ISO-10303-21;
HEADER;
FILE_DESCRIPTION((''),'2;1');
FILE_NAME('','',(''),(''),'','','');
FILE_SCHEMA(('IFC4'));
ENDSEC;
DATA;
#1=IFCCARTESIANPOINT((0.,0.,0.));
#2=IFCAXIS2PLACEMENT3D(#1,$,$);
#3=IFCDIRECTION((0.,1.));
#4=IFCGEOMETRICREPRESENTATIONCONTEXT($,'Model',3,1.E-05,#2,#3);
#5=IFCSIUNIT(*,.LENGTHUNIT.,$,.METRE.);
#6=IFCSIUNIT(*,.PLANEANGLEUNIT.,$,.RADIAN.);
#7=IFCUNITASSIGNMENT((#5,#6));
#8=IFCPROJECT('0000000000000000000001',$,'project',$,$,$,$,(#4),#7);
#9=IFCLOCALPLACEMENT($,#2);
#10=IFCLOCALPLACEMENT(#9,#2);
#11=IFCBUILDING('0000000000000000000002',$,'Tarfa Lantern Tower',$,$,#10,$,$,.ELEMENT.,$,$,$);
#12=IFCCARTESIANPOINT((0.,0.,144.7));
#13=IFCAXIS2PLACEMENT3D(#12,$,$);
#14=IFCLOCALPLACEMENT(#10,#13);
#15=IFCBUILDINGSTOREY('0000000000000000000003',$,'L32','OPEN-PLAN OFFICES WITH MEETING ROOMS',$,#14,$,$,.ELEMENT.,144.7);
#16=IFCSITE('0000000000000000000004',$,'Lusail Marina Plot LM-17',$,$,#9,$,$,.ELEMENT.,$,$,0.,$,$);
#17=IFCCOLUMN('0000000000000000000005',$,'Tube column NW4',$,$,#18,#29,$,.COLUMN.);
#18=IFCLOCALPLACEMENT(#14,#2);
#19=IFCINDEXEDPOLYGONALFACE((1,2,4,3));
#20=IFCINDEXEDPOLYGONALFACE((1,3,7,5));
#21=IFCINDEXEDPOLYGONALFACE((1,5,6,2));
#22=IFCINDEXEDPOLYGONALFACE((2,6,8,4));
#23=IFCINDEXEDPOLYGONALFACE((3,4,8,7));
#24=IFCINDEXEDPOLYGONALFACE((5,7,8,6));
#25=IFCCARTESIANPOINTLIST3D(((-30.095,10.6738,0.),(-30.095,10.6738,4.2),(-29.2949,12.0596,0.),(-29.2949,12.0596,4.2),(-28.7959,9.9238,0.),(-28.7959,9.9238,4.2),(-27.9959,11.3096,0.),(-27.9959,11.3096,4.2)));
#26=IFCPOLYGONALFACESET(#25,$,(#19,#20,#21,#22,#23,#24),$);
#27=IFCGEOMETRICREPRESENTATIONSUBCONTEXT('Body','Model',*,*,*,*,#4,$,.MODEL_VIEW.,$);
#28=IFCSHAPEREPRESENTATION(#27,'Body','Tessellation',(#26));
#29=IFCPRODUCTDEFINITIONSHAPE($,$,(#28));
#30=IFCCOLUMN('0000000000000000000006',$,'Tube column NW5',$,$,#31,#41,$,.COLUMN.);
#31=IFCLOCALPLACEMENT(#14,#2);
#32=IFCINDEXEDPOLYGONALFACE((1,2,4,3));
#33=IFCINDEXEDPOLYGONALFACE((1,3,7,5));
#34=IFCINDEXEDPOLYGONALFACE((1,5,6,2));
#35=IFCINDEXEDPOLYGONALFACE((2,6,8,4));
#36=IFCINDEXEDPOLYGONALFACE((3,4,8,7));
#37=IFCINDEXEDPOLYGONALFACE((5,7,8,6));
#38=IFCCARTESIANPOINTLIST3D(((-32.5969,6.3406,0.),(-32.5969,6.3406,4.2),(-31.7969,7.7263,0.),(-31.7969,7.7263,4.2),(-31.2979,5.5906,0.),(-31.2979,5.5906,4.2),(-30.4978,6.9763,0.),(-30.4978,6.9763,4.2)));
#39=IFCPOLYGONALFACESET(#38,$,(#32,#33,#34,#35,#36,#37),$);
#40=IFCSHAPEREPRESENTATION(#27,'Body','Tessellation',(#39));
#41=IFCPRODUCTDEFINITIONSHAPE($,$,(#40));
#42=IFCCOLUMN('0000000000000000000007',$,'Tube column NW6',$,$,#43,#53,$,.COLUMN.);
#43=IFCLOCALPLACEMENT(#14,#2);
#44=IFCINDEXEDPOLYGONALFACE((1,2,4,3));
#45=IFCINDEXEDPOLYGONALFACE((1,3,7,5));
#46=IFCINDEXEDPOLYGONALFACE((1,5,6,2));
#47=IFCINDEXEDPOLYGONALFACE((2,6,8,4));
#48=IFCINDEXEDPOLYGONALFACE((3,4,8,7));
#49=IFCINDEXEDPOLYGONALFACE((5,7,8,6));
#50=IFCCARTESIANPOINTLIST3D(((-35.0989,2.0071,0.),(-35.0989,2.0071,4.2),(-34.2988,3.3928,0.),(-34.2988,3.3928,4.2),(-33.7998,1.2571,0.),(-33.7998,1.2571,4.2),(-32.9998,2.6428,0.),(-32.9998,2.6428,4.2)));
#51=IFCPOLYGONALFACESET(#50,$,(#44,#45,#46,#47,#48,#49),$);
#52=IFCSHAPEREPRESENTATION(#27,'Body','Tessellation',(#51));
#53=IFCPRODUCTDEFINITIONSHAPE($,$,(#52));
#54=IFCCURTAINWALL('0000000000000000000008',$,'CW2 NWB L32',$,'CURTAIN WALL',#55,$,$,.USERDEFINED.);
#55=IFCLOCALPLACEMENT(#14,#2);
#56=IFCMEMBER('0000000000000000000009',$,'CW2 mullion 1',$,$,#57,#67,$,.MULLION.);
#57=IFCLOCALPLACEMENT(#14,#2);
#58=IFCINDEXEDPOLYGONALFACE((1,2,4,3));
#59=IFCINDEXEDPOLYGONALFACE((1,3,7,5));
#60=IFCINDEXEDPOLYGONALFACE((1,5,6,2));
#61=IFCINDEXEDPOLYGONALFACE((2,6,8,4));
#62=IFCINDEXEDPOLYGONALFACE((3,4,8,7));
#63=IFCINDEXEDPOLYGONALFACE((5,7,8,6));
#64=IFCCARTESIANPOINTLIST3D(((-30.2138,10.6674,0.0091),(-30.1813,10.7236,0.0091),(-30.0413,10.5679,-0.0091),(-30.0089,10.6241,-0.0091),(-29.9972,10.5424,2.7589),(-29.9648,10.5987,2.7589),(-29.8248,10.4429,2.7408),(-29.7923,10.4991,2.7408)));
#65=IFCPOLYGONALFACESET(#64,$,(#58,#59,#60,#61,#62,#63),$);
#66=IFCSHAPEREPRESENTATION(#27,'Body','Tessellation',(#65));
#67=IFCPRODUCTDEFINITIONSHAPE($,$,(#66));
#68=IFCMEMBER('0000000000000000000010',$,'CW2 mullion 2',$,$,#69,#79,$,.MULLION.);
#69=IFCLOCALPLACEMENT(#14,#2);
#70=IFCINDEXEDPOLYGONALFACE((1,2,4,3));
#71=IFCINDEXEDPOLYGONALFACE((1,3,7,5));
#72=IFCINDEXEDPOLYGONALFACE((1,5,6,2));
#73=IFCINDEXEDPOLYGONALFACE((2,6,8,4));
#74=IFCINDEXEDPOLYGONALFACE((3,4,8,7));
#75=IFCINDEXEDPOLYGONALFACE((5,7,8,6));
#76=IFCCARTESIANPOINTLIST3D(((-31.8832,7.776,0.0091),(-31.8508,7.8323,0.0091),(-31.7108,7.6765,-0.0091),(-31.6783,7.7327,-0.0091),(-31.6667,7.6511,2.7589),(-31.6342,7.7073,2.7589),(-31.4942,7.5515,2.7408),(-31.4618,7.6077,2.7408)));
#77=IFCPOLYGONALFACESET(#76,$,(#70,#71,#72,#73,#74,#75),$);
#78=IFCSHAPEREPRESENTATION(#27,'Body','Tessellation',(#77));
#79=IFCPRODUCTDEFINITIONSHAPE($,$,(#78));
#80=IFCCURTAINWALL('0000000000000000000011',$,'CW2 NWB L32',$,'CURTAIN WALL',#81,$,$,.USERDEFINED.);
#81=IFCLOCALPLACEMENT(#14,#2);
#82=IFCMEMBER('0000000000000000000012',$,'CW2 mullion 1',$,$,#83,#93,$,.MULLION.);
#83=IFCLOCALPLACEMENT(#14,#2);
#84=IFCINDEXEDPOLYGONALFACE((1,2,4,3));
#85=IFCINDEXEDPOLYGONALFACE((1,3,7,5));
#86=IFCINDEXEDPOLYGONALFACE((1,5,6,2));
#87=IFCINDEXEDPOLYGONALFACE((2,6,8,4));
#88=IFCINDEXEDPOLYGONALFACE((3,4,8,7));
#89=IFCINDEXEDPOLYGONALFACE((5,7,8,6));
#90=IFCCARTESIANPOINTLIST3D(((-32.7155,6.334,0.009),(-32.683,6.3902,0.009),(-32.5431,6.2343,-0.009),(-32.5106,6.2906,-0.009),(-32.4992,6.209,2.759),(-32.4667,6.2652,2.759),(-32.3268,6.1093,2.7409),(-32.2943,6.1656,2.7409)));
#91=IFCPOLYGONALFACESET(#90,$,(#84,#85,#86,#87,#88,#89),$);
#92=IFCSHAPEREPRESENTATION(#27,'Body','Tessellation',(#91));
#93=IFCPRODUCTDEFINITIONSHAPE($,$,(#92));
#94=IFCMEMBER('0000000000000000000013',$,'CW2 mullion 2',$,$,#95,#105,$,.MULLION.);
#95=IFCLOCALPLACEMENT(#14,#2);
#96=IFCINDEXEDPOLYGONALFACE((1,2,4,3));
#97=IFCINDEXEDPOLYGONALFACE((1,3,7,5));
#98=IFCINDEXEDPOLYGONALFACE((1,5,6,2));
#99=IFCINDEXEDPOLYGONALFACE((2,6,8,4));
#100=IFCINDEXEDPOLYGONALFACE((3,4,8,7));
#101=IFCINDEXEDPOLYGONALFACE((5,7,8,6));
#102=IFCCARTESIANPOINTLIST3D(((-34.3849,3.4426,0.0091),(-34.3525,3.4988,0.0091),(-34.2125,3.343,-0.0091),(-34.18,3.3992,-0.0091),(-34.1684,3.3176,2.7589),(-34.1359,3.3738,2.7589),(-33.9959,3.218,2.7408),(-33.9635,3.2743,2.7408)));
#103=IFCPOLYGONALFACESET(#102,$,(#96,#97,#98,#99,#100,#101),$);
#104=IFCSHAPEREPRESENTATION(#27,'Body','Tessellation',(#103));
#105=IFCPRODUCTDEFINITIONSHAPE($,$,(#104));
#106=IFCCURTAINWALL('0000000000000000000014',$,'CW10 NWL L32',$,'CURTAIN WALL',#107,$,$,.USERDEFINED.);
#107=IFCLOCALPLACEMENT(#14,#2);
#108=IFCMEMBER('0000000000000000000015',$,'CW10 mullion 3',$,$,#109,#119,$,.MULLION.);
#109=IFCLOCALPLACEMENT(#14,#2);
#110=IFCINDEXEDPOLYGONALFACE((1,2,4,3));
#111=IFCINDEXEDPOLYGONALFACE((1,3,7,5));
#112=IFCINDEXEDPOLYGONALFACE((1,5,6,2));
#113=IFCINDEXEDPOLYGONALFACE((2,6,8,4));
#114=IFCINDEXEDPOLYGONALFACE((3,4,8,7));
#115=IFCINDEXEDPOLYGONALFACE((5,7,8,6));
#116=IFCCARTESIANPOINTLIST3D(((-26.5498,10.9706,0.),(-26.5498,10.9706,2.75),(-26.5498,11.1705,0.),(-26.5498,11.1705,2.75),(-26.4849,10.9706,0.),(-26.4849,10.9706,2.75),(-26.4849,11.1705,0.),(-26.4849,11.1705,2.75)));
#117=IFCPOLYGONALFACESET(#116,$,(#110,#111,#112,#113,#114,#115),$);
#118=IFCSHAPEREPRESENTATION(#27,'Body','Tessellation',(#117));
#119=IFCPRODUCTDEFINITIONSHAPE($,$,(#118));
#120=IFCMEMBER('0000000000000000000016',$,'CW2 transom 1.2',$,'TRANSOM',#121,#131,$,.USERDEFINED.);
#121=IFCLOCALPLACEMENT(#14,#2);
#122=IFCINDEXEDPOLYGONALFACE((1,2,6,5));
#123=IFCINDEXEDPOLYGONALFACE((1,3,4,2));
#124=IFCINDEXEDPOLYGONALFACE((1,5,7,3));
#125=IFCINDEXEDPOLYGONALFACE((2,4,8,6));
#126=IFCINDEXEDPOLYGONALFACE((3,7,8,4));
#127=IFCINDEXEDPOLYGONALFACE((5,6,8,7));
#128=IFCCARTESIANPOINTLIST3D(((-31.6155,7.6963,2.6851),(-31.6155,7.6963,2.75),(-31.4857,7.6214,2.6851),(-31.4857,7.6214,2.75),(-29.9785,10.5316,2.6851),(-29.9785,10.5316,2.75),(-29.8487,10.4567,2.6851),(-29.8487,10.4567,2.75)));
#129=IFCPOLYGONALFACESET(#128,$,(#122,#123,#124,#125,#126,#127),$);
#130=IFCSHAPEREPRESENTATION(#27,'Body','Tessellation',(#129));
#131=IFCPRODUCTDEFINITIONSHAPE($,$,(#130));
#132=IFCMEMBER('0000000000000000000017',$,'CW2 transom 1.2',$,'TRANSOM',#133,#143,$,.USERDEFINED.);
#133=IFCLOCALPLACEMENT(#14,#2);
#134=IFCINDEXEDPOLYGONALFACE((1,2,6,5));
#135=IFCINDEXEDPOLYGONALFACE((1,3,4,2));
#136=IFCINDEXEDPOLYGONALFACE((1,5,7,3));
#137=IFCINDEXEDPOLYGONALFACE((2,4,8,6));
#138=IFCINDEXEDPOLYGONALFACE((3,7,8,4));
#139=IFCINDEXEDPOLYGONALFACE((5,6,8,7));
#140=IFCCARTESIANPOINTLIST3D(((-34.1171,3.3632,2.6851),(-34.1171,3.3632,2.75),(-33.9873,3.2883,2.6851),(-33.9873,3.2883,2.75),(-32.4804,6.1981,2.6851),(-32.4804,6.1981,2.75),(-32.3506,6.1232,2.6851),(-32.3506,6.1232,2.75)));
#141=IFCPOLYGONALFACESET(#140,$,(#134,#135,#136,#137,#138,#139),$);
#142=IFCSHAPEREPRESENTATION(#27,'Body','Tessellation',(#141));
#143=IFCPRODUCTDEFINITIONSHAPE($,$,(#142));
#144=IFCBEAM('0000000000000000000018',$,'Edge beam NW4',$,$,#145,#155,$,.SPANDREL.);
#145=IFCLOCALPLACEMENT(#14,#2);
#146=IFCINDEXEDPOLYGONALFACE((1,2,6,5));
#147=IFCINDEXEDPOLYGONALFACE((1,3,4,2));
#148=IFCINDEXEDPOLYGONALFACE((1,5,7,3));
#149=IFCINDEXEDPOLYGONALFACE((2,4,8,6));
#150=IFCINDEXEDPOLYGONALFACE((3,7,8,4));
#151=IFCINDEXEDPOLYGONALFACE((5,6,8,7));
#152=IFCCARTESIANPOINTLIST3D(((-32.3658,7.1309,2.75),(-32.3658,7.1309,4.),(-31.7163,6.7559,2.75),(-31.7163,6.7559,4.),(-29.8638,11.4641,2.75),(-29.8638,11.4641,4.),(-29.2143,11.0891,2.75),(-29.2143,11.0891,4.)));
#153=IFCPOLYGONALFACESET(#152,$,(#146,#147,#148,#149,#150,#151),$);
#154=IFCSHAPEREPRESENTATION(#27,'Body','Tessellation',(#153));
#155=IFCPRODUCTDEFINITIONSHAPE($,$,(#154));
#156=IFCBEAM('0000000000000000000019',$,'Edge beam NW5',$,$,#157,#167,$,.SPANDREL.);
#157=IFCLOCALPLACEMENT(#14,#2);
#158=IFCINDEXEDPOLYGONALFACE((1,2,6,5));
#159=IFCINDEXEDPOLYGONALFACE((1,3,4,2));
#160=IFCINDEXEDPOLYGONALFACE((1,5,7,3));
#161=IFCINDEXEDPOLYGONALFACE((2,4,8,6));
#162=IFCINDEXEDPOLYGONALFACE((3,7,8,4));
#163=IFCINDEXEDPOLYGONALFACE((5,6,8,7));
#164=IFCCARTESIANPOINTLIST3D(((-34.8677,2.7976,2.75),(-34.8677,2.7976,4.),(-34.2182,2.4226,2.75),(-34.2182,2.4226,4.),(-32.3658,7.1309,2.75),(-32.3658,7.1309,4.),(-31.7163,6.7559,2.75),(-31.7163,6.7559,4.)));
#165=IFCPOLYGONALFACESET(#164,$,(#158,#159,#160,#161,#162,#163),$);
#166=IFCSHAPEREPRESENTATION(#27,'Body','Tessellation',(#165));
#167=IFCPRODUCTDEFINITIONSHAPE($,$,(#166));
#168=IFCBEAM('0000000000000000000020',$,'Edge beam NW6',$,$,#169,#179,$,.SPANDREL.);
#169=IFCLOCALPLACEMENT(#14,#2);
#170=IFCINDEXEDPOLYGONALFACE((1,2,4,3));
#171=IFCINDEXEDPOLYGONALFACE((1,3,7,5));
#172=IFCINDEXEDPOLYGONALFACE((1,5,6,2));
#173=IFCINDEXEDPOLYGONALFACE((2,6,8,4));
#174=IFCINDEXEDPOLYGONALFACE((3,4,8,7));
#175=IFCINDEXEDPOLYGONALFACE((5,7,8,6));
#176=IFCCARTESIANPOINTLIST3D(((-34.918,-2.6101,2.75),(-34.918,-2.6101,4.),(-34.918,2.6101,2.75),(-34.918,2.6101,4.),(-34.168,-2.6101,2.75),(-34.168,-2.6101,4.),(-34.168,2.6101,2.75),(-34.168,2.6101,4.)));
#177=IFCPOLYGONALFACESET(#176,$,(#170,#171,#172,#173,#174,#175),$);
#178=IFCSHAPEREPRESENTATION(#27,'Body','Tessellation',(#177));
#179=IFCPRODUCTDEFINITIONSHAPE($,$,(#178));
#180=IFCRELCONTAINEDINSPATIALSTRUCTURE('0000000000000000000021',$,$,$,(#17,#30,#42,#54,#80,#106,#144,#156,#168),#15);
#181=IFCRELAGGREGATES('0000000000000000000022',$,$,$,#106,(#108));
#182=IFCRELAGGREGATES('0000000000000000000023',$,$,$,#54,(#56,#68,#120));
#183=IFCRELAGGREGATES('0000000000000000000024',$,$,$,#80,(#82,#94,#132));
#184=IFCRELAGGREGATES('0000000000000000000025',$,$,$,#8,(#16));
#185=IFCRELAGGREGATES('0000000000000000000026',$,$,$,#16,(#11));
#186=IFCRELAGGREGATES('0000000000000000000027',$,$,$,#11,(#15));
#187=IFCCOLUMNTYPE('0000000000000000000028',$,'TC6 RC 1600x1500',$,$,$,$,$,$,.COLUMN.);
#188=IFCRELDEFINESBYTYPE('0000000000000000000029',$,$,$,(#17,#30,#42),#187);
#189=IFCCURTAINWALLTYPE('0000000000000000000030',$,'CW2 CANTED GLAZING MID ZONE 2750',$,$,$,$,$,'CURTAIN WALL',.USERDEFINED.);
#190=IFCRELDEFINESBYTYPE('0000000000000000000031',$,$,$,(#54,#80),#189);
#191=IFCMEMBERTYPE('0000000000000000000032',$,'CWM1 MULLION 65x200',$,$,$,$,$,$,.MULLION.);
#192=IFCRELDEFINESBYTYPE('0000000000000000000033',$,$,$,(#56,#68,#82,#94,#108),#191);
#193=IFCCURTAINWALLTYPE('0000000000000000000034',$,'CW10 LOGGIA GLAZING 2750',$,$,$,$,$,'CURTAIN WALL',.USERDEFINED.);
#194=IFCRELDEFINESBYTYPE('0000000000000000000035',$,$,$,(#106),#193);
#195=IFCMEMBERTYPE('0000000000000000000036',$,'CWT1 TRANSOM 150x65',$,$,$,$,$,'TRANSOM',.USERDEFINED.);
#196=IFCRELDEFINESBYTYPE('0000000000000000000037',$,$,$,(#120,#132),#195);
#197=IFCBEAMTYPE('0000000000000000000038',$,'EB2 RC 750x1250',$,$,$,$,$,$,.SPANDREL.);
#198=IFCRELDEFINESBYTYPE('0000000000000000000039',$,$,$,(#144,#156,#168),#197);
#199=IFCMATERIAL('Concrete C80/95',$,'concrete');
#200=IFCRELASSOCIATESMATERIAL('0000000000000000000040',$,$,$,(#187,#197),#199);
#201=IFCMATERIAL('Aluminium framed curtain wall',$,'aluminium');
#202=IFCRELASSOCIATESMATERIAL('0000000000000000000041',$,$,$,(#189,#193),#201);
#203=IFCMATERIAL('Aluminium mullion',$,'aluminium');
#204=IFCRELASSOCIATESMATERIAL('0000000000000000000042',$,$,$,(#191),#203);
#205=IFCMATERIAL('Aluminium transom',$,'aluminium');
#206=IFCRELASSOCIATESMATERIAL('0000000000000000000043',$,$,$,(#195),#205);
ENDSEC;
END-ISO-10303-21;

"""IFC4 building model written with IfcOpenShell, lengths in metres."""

from ifc_helpers import new_model, si_unit, direction, frame, origin, origin_2d, place, context, subcontext, project, spatial, rectangle, extrude, material, material_profile, profile_set, type_object, element, aggregate, save


model = new_model("IFC4")

# Units and contexts
model_context = context("Model", 3, precision=1e-05, world=origin(), true_north=direction((0.0, 1.0)))
body_context = subcontext(model_context, "Body", "Model", "MODEL_VIEW")
ifc_project = project(units=[si_unit("LENGTHUNIT", "METRE"), si_unit("PLANEANGLEUNIT", "RADIAN")], contexts=[model_context])

# Site, building, storey
site_placement = place(None, origin())
site = spatial("IfcSite", under=ifc_project, at=site_placement, Name="Lusail Marina Plot LM-17", CompositionType="ELEMENT", RefElevation=0.0)
building_placement = place(site_placement, origin())
building = spatial("IfcBuilding", under=site, at=building_placement, Name="Tarfa Lantern Tower", CompositionType="ELEMENT")
storey_placement = place(building_placement, frame((0.0, 0.0, 144.7)))
storey = spatial("IfcBuildingStorey", under=building, at=storey_placement, Name="L32", Description="OPEN-PLAN OFFICES WITH MEETING ROOMS", CompositionType="ELEMENT", Elevation=144.7)

# Columns
ifc_material_1 = material(Name="Concrete C80/95", Category="concrete")
ifc_material_profile_1 = material_profile(ifc_material_1, rectangle(XDim=1.6001, YDim=1.5, at=origin_2d()), Name="RC 1600x1500")
ifc_profile_set_1 = profile_set([ifc_material_profile_1], Name="Concrete C80/95")
column_type = type_object("IfcColumnType", Name="TC6 RC 1600x1500", PredefinedType="COLUMN", material=ifc_profile_set_1)
for number, where, z_axis, x_axis, name in (
    (1, (-29.0454, 10.9917, 0.0), (0.0, 0.0, 1.0), (-0.5, -0.866025, 0.0), "Tube column NW4"),
    (2, (-31.5474, 6.6584, 0.0), (0.0, 0.0, 1.0), (-0.5, -0.866025, 0.0), "Tube column NW5"),
    (3, (-34.0493, 2.325, 0.0), (0.0, 0.0, 1.0), (-0.5, -0.866025, 0.0), "Tube column NW6"),
):
    element("IfcColumn", number, at=place(storey_placement, frame(where, z_axis=z_axis, x_axis=x_axis)), inside=storey, type_object=column_type, Name=name, PredefinedType="COLUMN", context=body_context, shape_type="SweptSolid", body=[
        extrude(rectangle(XDim=1.6001, YDim=1.5, at=origin_2d()), origin(), (0.0, 0.0, 1.0), 4.2),
    ])

# Curtain walls, members
ifc_material_2 = material(Name="Aluminium framed curtain wall", Category="aluminium")
curtain_wall_type_1 = type_object("IfcCurtainWallType", Name="CW2 CANTED GLAZING MID ZONE 2750", ElementType="CURTAIN WALL", PredefinedType="USERDEFINED", material=ifc_material_2)
curtain_wall_1_placement = place(storey_placement, origin())
curtain_wall_1 = element("IfcCurtainWall", 4, at=curtain_wall_1_placement, inside=storey, type_object=curtain_wall_type_1, Name="CW2 NWB L32", ObjectType="CURTAIN WALL", PredefinedType="USERDEFINED")
ifc_material_3 = material(Name="Aluminium mullion", Category="aluminium")
ifc_material_profile_2 = material_profile(ifc_material_3, rectangle(XDim=0.0649, YDim=0.2, at=origin_2d()), Name="AL MULLION 65x200")
ifc_profile_set_2 = profile_set([ifc_material_profile_2], Name="Aluminium mullion")
member_type_1 = type_object("IfcMemberType", Name="CWM1 MULLION 65x200", PredefinedType="MULLION", material=ifc_profile_set_2)
member_1_placement = place(storey_placement, frame((-30.1113, 10.6458, 0.0), z_axis=(0.078423, -0.045268, 0.995892), x_axis=(0.49992, 0.866072, 0.0)))
member_1 = element("IfcMember", 5, at=member_1_placement, type_object=member_type_1, Name="CW2 mullion 1", PredefinedType="MULLION", context=body_context, shape_type="SweptSolid", body=[
    extrude(rectangle(XDim=0.0649, YDim=0.2, at=origin_2d()), origin(), (0.0, 0.0, 1.0), 2.7612),
])
member_2_placement = place(storey_placement, frame((-31.7808, 7.7544, 0.0), z_axis=(0.078423, -0.045268, 0.995892), x_axis=(0.49992, 0.866072, 0.0)))
member_2 = element("IfcMember", 6, at=member_2_placement, type_object=member_type_1, Name="CW2 mullion 2", PredefinedType="MULLION", context=body_context, shape_type="SweptSolid", body=[
    extrude(rectangle(XDim=0.0649, YDim=0.2, at=origin_2d()), origin(), (0.0, 0.0, 1.0), 2.7612),
])
curtain_wall_2_placement = place(storey_placement, origin())
curtain_wall_2 = element("IfcCurtainWall", 7, at=curtain_wall_2_placement, inside=storey, type_object=curtain_wall_type_1, Name="CW2 NWB L32", ObjectType="CURTAIN WALL", PredefinedType="USERDEFINED")
member_3_placement = place(storey_placement, frame((-32.613, 6.3123, 0.0), z_axis=(0.078335, -0.045268, 0.995899), x_axis=(0.500343, 0.865827, 0.0)))
member_3 = element("IfcMember", 8, at=member_3_placement, type_object=member_type_1, Name="CW2 mullion 1", PredefinedType="MULLION", context=body_context, shape_type="SweptSolid", body=[
    extrude(rectangle(XDim=0.0649, YDim=0.2, at=origin_2d()), origin(), (0.0, 0.0, 1.0), 2.7612),
])
member_4_placement = place(storey_placement, frame((-34.2825, 3.4209, 0.0), z_axis=(0.078423, -0.045268, 0.995892), x_axis=(0.49992, 0.866072, 0.0)))
member_4 = element("IfcMember", 9, at=member_4_placement, type_object=member_type_1, Name="CW2 mullion 2", PredefinedType="MULLION", context=body_context, shape_type="SweptSolid", body=[
    extrude(rectangle(XDim=0.0649, YDim=0.2, at=origin_2d()), origin(), (0.0, 0.0, 1.0), 2.7612),
])

# Curtain wall, member
curtain_wall_type_2 = type_object("IfcCurtainWallType", Name="CW10 LOGGIA GLAZING 2750", ElementType="CURTAIN WALL", PredefinedType="USERDEFINED", material=ifc_material_2)
curtain_wall_3_placement = place(storey_placement, origin())
curtain_wall_3 = element("IfcCurtainWall", 10, at=curtain_wall_3_placement, inside=storey, type_object=curtain_wall_type_2, Name="CW10 NWL L32", ObjectType="CURTAIN WALL", PredefinedType="USERDEFINED")
member_5_placement = place(storey_placement, frame((-26.5173, 11.0706, 0.0), z_axis=(0.0, 0.0, 1.0), x_axis=(1.0, 0.0, 0.0)))
member_5 = element("IfcMember", 11, at=member_5_placement, type_object=member_type_1, Name="CW10 mullion 3", PredefinedType="MULLION", context=body_context, shape_type="SweptSolid", body=[
    extrude(rectangle(XDim=0.0649, YDim=0.2, at=origin_2d()), origin(), (0.0, 0.0, 1.0), 2.75),
])
aggregate(curtain_wall_3, [member_5])

# Members
ifc_material_4 = material(Name="Aluminium transom", Category="aluminium")
ifc_material_profile_3 = material_profile(ifc_material_4, rectangle(XDim=0.1499, YDim=0.0649, at=origin_2d()), Name="AL TRANSOM 150x65")
ifc_profile_set_3 = profile_set([ifc_material_profile_3], Name="Aluminium transom")
member_type_2 = type_object("IfcMemberType", Name="CWT1 TRANSOM 150x65", ElementType="TRANSOM", PredefinedType="USERDEFINED", material=ifc_profile_set_3)
member_6_placement = place(storey_placement, frame((-29.9136, 10.4941, 2.7175), z_axis=(-0.500013, -0.866018, 0.0), x_axis=(0.866018, -0.500013, 0.0)))
member_6 = element("IfcMember", 12, at=member_6_placement, type_object=member_type_2, Name="CW2 transom 1.2", ObjectType="TRANSOM", PredefinedType="USERDEFINED", context=body_context, shape_type="SweptSolid", body=[
    extrude(rectangle(XDim=0.1499, YDim=0.0649, at=origin_2d()), origin(), (0.0, 0.0, 1.0), 3.2739),
])
member_7_placement = place(storey_placement, frame((-32.4155, 6.1606, 2.7175), z_axis=(-0.499989, -0.866032, 0.0), x_axis=(0.866032, -0.499989, 0.0)))
member_7 = element("IfcMember", 13, at=member_7_placement, type_object=member_type_2, Name="CW2 transom 1.2", ObjectType="TRANSOM", PredefinedType="USERDEFINED", context=body_context, shape_type="SweptSolid", body=[
    extrude(rectangle(XDim=0.1499, YDim=0.0649, at=origin_2d()), origin(), (0.0, 0.0, 1.0), 3.2734),
])

# Beams
ifc_material_profile_4 = material_profile(ifc_material_1, rectangle(XDim=0.75, YDim=1.25, at=origin_2d()), Name="RC 750x1250")
ifc_profile_set_4 = profile_set([ifc_material_profile_4], Name="Concrete C80/95")
beam_type_1 = type_object("IfcBeamType", Name="EB2 RC 750x1250", PredefinedType="SPANDREL", material=ifc_profile_set_4)
for number, where, z_axis, x_axis, name in (
    (14, (-29.5391, 11.2766, 3.375), (-0.500022, -0.866013, 0.0), (0.866013, -0.500022, 0.0), "Edge beam NW4"),
    (15, (-32.041, 6.9434, 3.375), (-0.500022, -0.866013, 0.0), (0.866013, -0.500022, 0.0), "Edge beam NW5"),
):
    element("IfcBeam", number, at=place(storey_placement, frame(where, z_axis=z_axis, x_axis=x_axis)), inside=storey, type_object=beam_type_1, Name=name, PredefinedType="SPANDREL", context=body_context, shape_type="SweptSolid", body=[
        extrude(rectangle(XDim=0.75, YDim=1.25, at=origin_2d()), origin(), (0.0, 0.0, 1.0), 5.0037),
    ])
beam_1_placement = place(storey_placement, frame((-34.543, 2.6101, 3.375), z_axis=(0.0, -1.0, 0.0), x_axis=(1.0, 0.0, 0.0)))
element("IfcBeam", 16, at=beam_1_placement, inside=storey, type_object=beam_type_1, Name="Edge beam NW6", PredefinedType="SPANDREL", context=body_context, shape_type="SweptSolid", body=[
    extrude(rectangle(XDim=0.75, YDim=1.25, at=origin_2d()), origin(), (0.0, 0.0, 1.0), 5.2202),
])

aggregate(curtain_wall_1, [member_1, member_2, member_6])
aggregate(curtain_wall_2, [member_3, member_4, member_7])

save(model, "model.ifc")
